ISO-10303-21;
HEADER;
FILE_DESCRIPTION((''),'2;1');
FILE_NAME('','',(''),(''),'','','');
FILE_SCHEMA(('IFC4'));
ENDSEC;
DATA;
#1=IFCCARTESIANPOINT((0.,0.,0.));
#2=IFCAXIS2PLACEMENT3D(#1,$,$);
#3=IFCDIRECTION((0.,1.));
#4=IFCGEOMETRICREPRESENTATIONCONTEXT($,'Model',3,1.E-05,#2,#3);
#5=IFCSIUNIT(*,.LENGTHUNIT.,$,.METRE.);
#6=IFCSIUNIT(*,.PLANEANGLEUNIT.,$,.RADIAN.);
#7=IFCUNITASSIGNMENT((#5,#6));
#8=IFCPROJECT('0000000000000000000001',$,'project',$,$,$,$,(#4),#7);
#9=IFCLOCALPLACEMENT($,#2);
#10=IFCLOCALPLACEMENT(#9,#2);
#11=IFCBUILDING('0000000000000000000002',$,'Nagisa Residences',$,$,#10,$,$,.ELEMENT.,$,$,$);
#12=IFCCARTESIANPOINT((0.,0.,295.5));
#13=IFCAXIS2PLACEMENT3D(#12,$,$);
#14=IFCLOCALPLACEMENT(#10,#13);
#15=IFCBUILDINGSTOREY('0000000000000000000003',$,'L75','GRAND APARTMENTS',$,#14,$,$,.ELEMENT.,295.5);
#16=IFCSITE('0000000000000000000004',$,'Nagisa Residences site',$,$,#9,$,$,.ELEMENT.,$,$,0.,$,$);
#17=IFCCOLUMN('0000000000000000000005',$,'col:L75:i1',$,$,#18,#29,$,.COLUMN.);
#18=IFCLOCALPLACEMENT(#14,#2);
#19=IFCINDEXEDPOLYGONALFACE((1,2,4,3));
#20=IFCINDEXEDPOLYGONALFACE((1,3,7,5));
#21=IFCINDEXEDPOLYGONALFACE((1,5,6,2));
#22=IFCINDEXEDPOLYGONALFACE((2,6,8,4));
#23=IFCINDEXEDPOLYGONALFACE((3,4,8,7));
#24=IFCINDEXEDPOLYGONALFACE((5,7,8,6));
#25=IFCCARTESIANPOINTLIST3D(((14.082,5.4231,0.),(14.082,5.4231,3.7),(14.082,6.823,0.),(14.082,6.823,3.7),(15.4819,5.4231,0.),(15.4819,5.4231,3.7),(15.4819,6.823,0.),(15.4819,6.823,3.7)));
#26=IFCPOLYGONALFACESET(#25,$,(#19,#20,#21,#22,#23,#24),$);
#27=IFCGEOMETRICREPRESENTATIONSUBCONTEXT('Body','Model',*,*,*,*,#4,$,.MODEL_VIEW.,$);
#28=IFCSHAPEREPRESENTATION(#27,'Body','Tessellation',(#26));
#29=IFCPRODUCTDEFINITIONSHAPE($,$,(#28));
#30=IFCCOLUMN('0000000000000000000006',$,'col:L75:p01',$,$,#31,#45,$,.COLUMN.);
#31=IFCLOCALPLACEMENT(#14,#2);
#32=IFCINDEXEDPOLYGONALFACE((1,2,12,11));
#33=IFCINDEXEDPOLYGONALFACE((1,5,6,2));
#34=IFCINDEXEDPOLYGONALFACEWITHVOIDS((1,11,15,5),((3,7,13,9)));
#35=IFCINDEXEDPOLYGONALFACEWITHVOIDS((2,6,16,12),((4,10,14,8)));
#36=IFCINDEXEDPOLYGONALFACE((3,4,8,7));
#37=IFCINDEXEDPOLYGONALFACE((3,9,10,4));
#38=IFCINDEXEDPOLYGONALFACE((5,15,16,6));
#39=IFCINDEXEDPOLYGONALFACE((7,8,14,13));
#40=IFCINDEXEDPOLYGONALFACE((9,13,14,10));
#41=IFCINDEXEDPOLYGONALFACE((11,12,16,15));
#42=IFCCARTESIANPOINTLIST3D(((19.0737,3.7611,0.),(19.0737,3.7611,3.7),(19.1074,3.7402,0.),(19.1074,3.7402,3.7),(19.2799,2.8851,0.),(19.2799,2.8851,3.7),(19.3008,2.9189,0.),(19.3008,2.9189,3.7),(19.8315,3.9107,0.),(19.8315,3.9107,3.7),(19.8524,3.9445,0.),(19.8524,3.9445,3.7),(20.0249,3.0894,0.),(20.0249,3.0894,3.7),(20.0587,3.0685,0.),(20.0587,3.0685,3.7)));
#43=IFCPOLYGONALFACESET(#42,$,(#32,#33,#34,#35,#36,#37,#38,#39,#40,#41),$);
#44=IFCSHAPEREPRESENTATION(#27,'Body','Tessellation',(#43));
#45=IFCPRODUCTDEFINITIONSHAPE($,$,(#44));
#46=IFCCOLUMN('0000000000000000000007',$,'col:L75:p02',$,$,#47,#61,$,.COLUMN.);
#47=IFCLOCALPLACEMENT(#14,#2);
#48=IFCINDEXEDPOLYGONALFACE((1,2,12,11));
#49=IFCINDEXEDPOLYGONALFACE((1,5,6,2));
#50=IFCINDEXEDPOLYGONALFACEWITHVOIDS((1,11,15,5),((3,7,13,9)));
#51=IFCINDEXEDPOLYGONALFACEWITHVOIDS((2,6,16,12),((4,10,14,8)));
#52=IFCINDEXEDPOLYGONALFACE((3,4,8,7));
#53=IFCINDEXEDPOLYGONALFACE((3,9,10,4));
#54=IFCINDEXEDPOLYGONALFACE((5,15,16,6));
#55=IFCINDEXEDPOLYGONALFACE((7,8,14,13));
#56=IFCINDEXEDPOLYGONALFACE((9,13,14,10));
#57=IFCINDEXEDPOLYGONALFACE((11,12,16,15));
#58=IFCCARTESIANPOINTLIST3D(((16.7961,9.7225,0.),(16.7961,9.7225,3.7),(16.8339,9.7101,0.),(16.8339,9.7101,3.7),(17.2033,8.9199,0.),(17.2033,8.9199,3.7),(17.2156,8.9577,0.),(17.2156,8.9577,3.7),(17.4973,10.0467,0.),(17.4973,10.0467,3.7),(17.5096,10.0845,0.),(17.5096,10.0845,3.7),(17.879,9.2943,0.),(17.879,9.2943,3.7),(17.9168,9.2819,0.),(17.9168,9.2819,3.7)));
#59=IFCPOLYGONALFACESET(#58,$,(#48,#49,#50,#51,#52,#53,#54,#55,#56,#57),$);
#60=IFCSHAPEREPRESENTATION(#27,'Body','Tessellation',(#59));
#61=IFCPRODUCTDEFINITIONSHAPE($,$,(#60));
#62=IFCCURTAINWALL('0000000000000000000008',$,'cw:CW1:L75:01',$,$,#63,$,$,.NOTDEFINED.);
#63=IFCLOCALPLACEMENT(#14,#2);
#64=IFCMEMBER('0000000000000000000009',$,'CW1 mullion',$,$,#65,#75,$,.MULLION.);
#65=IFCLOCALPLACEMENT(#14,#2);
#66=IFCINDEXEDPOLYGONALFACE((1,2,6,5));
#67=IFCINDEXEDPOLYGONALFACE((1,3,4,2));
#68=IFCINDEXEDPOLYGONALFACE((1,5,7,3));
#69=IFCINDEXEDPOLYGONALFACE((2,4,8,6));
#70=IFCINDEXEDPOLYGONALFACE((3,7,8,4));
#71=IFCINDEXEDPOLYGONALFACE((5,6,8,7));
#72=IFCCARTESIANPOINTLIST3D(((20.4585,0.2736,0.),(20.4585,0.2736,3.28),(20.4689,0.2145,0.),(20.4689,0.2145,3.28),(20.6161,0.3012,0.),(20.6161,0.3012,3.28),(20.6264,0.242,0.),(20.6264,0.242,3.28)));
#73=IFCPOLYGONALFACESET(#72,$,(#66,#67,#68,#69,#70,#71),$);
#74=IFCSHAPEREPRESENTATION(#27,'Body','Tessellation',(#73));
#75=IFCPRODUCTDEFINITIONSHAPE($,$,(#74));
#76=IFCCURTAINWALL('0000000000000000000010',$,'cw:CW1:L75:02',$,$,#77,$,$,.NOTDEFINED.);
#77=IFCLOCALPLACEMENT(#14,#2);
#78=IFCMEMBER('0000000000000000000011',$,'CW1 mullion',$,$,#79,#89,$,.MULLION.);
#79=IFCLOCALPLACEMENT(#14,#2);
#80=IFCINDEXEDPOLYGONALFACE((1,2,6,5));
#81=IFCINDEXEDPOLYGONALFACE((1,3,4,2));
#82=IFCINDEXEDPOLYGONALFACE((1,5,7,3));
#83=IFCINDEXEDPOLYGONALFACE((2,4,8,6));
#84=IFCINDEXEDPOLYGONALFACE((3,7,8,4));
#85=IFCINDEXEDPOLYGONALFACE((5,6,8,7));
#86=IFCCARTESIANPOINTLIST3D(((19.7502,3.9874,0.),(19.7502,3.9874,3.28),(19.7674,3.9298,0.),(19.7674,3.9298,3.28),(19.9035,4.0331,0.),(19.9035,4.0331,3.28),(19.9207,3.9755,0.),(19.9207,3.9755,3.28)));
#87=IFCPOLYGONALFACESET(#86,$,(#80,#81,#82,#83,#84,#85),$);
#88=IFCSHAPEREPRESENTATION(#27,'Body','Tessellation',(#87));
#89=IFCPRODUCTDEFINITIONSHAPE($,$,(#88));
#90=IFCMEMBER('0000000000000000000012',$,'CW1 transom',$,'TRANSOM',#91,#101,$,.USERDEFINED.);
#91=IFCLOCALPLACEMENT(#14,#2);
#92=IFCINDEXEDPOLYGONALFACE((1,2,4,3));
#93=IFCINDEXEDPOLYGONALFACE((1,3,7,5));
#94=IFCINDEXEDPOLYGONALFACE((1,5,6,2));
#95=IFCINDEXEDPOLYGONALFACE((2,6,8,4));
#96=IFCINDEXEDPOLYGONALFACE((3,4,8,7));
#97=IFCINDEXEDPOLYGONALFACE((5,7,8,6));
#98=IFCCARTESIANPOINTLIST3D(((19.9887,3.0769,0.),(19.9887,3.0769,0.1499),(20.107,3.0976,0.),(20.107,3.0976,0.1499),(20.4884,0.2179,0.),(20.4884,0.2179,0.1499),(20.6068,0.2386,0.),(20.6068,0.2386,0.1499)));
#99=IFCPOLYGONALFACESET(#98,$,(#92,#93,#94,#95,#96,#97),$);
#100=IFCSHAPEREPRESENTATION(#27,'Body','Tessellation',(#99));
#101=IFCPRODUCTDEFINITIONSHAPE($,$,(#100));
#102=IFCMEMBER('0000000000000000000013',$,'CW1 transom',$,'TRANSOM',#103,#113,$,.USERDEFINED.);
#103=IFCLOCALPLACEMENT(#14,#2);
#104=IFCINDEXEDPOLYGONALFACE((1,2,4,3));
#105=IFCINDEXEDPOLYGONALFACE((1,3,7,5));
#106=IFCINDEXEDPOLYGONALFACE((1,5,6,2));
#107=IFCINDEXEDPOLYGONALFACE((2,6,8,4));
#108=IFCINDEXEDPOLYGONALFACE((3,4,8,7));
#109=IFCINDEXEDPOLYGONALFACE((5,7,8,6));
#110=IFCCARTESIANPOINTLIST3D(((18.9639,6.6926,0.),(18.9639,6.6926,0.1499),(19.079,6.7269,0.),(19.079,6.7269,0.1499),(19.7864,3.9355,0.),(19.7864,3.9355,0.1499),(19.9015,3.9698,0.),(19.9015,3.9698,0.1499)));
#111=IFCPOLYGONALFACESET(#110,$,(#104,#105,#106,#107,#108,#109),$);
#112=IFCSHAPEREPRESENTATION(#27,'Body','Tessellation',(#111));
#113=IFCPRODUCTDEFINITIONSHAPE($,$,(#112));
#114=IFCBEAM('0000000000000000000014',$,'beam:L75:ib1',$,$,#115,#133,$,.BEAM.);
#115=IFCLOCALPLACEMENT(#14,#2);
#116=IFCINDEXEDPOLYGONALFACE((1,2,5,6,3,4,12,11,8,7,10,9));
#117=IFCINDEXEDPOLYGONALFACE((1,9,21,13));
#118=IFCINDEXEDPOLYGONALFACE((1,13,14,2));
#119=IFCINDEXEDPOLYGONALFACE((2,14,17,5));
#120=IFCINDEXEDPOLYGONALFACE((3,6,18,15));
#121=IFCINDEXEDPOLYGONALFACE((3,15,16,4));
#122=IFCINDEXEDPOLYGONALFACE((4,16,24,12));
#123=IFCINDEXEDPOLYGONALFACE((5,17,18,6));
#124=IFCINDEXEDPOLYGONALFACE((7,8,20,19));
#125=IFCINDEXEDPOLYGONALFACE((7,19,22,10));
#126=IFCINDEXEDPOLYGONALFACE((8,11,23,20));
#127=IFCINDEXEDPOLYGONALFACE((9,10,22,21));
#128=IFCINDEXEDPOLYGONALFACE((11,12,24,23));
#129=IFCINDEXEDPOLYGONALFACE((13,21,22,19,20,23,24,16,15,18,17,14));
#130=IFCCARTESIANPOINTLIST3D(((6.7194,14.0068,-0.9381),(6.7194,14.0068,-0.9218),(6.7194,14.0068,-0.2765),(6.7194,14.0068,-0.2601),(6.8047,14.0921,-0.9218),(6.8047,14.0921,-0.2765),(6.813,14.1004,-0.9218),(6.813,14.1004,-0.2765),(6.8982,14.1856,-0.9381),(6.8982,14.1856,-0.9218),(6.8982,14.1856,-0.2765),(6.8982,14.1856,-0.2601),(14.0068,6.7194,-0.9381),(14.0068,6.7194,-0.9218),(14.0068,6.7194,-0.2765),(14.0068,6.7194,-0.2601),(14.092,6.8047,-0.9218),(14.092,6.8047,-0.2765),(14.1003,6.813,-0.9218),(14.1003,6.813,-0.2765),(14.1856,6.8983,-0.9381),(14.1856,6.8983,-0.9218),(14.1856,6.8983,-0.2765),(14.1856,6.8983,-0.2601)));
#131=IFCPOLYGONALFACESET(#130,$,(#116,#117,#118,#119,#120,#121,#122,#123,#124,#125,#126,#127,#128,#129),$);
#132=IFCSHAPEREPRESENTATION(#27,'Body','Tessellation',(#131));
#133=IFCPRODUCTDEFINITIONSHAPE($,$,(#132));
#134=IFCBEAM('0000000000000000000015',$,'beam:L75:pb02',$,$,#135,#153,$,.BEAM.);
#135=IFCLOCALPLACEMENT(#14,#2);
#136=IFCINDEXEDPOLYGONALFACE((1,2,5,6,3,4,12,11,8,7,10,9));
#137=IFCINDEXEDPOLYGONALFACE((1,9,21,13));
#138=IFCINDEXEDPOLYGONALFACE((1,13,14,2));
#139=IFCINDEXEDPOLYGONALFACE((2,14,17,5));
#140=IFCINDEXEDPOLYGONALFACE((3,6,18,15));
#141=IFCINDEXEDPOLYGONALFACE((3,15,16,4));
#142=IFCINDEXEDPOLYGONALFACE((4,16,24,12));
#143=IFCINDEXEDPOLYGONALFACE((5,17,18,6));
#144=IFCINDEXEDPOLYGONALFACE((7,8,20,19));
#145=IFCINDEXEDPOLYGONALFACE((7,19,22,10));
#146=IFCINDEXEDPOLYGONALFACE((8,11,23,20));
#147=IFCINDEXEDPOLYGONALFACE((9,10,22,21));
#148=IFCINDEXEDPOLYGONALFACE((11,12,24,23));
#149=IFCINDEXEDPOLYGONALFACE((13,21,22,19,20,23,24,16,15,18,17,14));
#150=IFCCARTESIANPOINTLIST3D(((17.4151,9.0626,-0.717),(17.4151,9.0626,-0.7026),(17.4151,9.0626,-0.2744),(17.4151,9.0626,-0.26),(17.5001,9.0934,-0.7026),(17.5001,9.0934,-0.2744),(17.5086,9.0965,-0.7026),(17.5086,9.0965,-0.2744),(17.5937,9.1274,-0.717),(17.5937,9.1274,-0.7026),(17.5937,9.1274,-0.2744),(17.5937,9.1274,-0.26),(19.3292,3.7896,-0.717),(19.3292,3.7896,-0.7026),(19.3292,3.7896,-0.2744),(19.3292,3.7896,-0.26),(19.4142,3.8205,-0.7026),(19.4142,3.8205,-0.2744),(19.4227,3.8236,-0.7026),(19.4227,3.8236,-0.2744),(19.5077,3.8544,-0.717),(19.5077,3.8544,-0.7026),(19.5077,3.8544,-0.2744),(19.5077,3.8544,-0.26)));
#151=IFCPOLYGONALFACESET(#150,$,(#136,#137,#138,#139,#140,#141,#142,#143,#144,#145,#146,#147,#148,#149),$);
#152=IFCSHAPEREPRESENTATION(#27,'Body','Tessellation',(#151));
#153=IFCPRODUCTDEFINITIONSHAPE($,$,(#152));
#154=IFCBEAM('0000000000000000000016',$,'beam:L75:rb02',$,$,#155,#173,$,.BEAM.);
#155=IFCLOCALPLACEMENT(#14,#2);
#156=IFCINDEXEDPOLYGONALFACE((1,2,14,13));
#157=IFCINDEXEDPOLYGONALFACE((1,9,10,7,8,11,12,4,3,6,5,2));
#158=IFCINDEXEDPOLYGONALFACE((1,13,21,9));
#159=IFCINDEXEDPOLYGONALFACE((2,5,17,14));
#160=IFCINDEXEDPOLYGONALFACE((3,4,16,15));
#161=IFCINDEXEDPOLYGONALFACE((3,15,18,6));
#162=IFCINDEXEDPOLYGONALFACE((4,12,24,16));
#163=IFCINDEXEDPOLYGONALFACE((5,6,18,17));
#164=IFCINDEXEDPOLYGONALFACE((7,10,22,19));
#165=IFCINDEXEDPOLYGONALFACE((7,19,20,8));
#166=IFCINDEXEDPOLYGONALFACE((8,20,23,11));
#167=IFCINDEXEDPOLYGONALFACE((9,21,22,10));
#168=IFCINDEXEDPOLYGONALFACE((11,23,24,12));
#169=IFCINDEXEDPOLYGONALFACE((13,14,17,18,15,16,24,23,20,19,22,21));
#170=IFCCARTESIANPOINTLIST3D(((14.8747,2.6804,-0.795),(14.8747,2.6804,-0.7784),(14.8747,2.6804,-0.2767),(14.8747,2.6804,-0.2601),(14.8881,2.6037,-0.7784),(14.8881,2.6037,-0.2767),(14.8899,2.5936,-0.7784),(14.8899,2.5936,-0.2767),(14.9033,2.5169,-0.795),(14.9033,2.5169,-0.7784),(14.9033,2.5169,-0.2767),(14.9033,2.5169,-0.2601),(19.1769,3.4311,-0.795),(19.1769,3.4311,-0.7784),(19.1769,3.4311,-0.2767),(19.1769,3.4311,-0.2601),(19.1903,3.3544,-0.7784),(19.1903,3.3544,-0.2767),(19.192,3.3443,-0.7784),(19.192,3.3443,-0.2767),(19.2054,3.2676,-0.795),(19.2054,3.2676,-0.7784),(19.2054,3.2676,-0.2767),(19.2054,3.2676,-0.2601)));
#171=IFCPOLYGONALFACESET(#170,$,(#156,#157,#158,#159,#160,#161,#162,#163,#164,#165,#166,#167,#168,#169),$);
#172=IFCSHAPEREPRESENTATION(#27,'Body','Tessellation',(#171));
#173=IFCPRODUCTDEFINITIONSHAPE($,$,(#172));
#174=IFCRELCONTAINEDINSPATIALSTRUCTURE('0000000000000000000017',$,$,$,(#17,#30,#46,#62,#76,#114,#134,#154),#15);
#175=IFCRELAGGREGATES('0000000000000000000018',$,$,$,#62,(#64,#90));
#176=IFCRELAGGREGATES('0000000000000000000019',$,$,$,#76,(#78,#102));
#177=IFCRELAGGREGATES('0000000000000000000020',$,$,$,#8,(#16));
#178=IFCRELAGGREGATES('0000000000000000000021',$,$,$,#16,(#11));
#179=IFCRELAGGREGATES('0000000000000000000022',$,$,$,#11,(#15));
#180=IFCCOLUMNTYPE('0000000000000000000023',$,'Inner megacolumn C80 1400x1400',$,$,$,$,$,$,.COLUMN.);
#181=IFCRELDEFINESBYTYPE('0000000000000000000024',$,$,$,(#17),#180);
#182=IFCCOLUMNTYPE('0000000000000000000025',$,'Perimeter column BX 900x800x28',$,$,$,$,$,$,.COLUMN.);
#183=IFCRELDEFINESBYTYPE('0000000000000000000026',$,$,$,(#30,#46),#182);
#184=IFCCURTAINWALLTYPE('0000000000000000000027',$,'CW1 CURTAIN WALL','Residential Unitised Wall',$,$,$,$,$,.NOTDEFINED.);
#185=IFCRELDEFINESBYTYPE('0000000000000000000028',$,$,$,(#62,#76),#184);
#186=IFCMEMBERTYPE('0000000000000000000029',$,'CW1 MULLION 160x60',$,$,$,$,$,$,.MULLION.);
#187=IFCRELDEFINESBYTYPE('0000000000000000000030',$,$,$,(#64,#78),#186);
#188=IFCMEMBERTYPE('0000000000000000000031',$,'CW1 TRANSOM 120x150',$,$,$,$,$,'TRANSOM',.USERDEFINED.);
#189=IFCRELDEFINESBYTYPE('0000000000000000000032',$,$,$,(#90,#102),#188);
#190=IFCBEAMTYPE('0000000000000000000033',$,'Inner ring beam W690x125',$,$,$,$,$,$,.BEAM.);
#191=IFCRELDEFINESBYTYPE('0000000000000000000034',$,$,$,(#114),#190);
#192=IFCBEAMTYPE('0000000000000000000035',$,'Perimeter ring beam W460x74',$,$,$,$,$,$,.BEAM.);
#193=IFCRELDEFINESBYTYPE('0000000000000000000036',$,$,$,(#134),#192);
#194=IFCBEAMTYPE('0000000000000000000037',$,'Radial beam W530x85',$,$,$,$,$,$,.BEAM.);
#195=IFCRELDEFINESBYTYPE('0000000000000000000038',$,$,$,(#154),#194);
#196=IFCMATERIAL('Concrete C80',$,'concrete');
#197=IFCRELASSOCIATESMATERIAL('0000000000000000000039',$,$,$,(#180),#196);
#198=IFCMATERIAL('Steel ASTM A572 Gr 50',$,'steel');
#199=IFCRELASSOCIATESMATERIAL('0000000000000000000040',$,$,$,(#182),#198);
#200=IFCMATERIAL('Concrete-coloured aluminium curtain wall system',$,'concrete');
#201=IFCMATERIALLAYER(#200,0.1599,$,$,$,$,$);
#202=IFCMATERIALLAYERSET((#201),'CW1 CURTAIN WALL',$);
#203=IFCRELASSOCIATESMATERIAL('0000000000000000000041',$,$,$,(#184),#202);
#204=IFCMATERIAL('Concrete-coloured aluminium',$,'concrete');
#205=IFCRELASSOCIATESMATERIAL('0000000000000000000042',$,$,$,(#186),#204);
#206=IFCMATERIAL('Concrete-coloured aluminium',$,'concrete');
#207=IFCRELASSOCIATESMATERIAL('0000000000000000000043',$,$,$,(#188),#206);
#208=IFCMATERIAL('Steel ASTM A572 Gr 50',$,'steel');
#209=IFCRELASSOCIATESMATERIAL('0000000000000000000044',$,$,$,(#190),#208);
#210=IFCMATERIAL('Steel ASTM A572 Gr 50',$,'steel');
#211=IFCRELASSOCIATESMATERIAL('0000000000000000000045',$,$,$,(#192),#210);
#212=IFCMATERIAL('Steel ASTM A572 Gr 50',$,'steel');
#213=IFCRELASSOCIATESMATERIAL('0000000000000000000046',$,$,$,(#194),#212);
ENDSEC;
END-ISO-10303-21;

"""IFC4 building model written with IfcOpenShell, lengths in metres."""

from ifc_helpers import new_model, si_unit, direction, frame, origin, origin_2d, place, context, subcontext, project, spatial, rectangle, hollow_rectangle, i_section, extrude, material, layer, layer_set, material_profile, profile_set, type_object, element, aggregate, save


model = new_model("IFC4")

# Units and contexts
model_context = context("Model", 3, precision=1e-05, world=origin(), true_north=direction((0.0, 1.0)))
body_context = subcontext(model_context, "Body", "Model", "MODEL_VIEW")
ifc_project = project(units=[si_unit("LENGTHUNIT", "METRE"), si_unit("PLANEANGLEUNIT", "RADIAN")], contexts=[model_context])

# Site, building, storey
site_placement = place(None, origin())
site = spatial("IfcSite", under=ifc_project, at=site_placement, Name="Nagisa Residences site", CompositionType="ELEMENT", RefElevation=0.0)
building_placement = place(site_placement, origin())
building = spatial("IfcBuilding", under=site, at=building_placement, Name="Nagisa Residences", CompositionType="ELEMENT")
storey_placement = place(building_placement, frame((0.0, 0.0, 295.5)))
storey = spatial("IfcBuildingStorey", under=building, at=storey_placement, Name="L75", Description="GRAND APARTMENTS", CompositionType="ELEMENT", Elevation=295.5)

# Columns
ifc_material_1 = material(Name="Concrete C80", Category="concrete")
ifc_material_profile_1 = material_profile(ifc_material_1, rectangle(XDim=1.3999, YDim=1.3999, at=origin_2d()), Name="C80 1400x1400")
ifc_profile_set_1 = profile_set([ifc_material_profile_1], Name="Concrete C80")
column_type_1 = type_object("IfcColumnType", Name="Inner megacolumn C80 1400x1400", PredefinedType="COLUMN", material=ifc_profile_set_1)
column_placement = place(storey_placement, frame((14.782, 6.123, 0.0), z_axis=(0.0, 0.0, 1.0), x_axis=(1.0, 0.0, 0.0)))
element("IfcColumn", 1, at=column_placement, inside=storey, type_object=column_type_1, Name="col:L75:i1", PredefinedType="COLUMN", context=body_context, shape_type="SweptSolid", body=[
    extrude(rectangle(XDim=1.3999, YDim=1.3999, at=origin_2d()), origin(), (0.0, 0.0, 1.0), 3.7),
])
ifc_material_2 = material(Name="Steel ASTM A572 Gr 50", Category="steel")
ifc_material_profile_2 = material_profile(ifc_material_2, hollow_rectangle(XDim=0.8999, YDim=0.8, WallThickness=0.0281, at=origin_2d()), Name="BX 900x800x28")
ifc_profile_set_2 = profile_set([ifc_material_profile_2], Name="Steel ASTM A572 Gr 50")
column_type_2 = type_object("IfcColumnType", Name="Perimeter column BX 900x800x28", PredefinedType="COLUMN", material=ifc_profile_set_2)
for number, where, z_axis, x_axis, name in (
    (2, (19.5662, 3.4148, 0.0), (0.0, 0.0, 1.0), (-0.229202, 0.973379, 0.0), "col:L75:p01"),
    (3, (17.3564, 9.5022, 0.0), (0.0, 0.0, 1.0), (-0.452463, 0.891783, 0.0), "col:L75:p02"),
):
    element("IfcColumn", number, at=place(storey_placement, frame(where, z_axis=z_axis, x_axis=x_axis)), inside=storey, type_object=column_type_2, Name=name, PredefinedType="COLUMN", context=body_context, shape_type="SweptSolid", body=[
        extrude(hollow_rectangle(XDim=0.8999, YDim=0.8, WallThickness=0.0281, at=origin_2d()), origin(), (0.0, 0.0, 1.0), 3.7),
    ])

# Curtain walls, members
ifc_material_3 = material(Name="Concrete-coloured aluminium curtain wall system", Category="concrete")
ifc_layer_1 = layer(ifc_material_3, 0.1599)
ifc_layer_set_1 = layer_set([ifc_layer_1], Name="CW1 CURTAIN WALL")
curtain_wall_type = type_object("IfcCurtainWallType", Name="CW1 CURTAIN WALL", Description="Residential Unitised Wall", PredefinedType="NOTDEFINED", material=ifc_layer_set_1)
curtain_wall_1_placement = place(storey_placement, origin())
curtain_wall_1 = element("IfcCurtainWall", 4, at=curtain_wall_1_placement, inside=storey, type_object=curtain_wall_type, Name="cw:CW1:L75:01", PredefinedType="NOTDEFINED")
ifc_material_4 = material(Name="Concrete-coloured aluminium", Category="concrete")
ifc_material_profile_3 = material_profile(ifc_material_4, rectangle(XDim=0.1599, YDim=0.0601, at=origin_2d()), Name="CW1 MULLION 160x60")
ifc_profile_set_3 = profile_set([ifc_material_profile_3], Name="Concrete-coloured aluminium")
member_type_1 = type_object("IfcMemberType", Name="CW1 MULLION 160x60", PredefinedType="MULLION", material=ifc_profile_set_3)
member_1_placement = place(storey_placement, frame((20.5425, 0.2578, 0.0), z_axis=(0.0, 0.0, 1.0), x_axis=(-0.985064, -0.172191, 0.0)))
member_1 = element("IfcMember", 5, at=member_1_placement, type_object=member_type_1, Name="CW1 mullion", PredefinedType="MULLION", context=body_context, shape_type="SweptSolid", body=[
    extrude(rectangle(XDim=0.1599, YDim=0.0601, at=origin_2d()), origin(), (0.0, 0.0, 1.0), 3.28),
])
curtain_wall_2_placement = place(storey_placement, origin())
curtain_wall_2 = element("IfcCurtainWall", 6, at=curtain_wall_2_placement, inside=storey, type_object=curtain_wall_type, Name="cw:CW1:L75:02", PredefinedType="NOTDEFINED")
member_2_placement = place(storey_placement, frame((19.8354, 3.9814, 0.0), z_axis=(0.0, 0.0, 1.0), x_axis=(-0.958271, -0.28586, 0.0)))
member_2 = element("IfcMember", 7, at=member_2_placement, type_object=member_type_1, Name="CW1 mullion", PredefinedType="MULLION", context=body_context, shape_type="SweptSolid", body=[
    extrude(rectangle(XDim=0.1599, YDim=0.0601, at=origin_2d()), origin(), (0.0, 0.0, 1.0), 3.28),
])

# Members
ifc_material_5 = material(Name="Concrete-coloured aluminium", Category="concrete")
ifc_material_profile_4 = material_profile(ifc_material_5, rectangle(XDim=0.1201, YDim=0.1499, at=origin_2d()), Name="CW1 TRANSOM 120x150")
ifc_profile_set_4 = profile_set([ifc_material_profile_4], Name="Concrete-coloured aluminium")
member_type_2 = type_object("IfcMemberType", Name="CW1 TRANSOM 120x150", ElementType="TRANSOM", PredefinedType="USERDEFINED", material=ifc_profile_set_4)
member_3_placement = place(storey_placement, frame((20.5476, 0.2283, 0.075), z_axis=(-0.172197, 0.985063, 0.0), x_axis=(-0.985063, -0.172197, 0.0)))
member_3 = element("IfcMember", 8, at=member_3_placement, type_object=member_type_2, Name="CW1 transom", ObjectType="TRANSOM", PredefinedType="USERDEFINED", context=body_context, shape_type="SweptSolid", body=[
    extrude(rectangle(XDim=0.1201, YDim=0.1499, at=origin_2d()), origin(), (0.0, 0.0, 1.0), 2.9023),
])
member_4_placement = place(storey_placement, frame((19.844, 3.9526, 0.075), z_axis=(-0.285876, 0.958267, 0.0), x_axis=(-0.958267, -0.285876, 0.0)))
member_4 = element("IfcMember", 9, at=member_4_placement, type_object=member_type_2, Name="CW1 transom", ObjectType="TRANSOM", PredefinedType="USERDEFINED", context=body_context, shape_type="SweptSolid", body=[
    extrude(rectangle(XDim=0.1201, YDim=0.1499, at=origin_2d()), origin(), (0.0, 0.0, 1.0), 2.8772),
])

# Beams
ifc_material_6 = material(Name="Steel ASTM A572 Gr 50", Category="steel")
ifc_material_profile_5 = material_profile(ifc_material_6, i_section(OverallWidth=0.2529, OverallDepth=0.678, WebThickness=0.0117, FlangeThickness=0.0164, at=origin_2d()), Name="W690x125")
ifc_profile_set_5 = profile_set([ifc_material_profile_5], Name="Steel ASTM A572 Gr 50")
beam_type_1 = type_object("IfcBeamType", Name="Inner ring beam W690x125", PredefinedType="BEAM", material=ifc_profile_set_5)
beam_1_placement = place(storey_placement, frame((14.0962, 6.8088, -0.5991), z_axis=(-0.707107, 0.707107, 0.0), x_axis=(-0.707107, -0.707107, 0.0)))
element("IfcBeam", 10, at=beam_1_placement, inside=storey, type_object=beam_type_1, Name="beam:L75:ib1", PredefinedType="BEAM", context=body_context, shape_type="SweptSolid", body=[
    extrude(i_section(OverallWidth=0.2529, OverallDepth=0.678, WebThickness=0.0117, FlangeThickness=0.0164, at=origin_2d()), origin(), (0.0, 0.0, 1.0), 10.3059),
])
ifc_material_7 = material(Name="Steel ASTM A572 Gr 50", Category="steel")
ifc_material_profile_6 = material_profile(ifc_material_7, i_section(OverallWidth=0.1899, OverallDepth=0.457, WebThickness=0.009, FlangeThickness=0.0144, at=origin_2d()), Name="W460x74")
ifc_profile_set_6 = profile_set([ifc_material_profile_6], Name="Steel ASTM A572 Gr 50")
beam_type_2 = type_object("IfcBeamType", Name="Perimeter ring beam W460x74", PredefinedType="BEAM", material=ifc_profile_set_6)
beam_2_placement = place(storey_placement, frame((19.4185, 3.822, -0.4885), z_axis=(-0.341212, 0.939986, 0.0), x_axis=(-0.939986, -0.341212, 0.0)))
element("IfcBeam", 11, at=beam_2_placement, inside=storey, type_object=beam_type_2, Name="beam:L75:pb02", PredefinedType="BEAM", context=body_context, shape_type="SweptSolid", body=[
    extrude(i_section(OverallWidth=0.1899, OverallDepth=0.457, WebThickness=0.009, FlangeThickness=0.0144, at=origin_2d()), origin(), (0.0, 0.0, 1.0), 5.6096),
])
ifc_material_8 = material(Name="Steel ASTM A572 Gr 50", Category="steel")
ifc_material_profile_7 = material_profile(ifc_material_8, i_section(OverallWidth=0.166, OverallDepth=0.5349, WebThickness=0.0103, FlangeThickness=0.0166, at=origin_2d()), Name="W530x85")
ifc_profile_set_7 = profile_set([ifc_material_profile_7], Name="Steel ASTM A572 Gr 50")
beam_type_3 = type_object("IfcBeamType", Name="Radial beam W530x85", PredefinedType="BEAM", material=ifc_profile_set_7)
beam_3_placement = place(storey_placement, frame((19.1912, 3.3494, -0.5276), z_axis=(-0.985114, -0.1719, 0.0), x_axis=(0.1719, -0.985114, 0.0)))
element("IfcBeam", 12, at=beam_3_placement, inside=storey, type_object=beam_type_3, Name="beam:L75:rb02", PredefinedType="BEAM", context=body_context, shape_type="SweptSolid", body=[
    extrude(i_section(OverallWidth=0.166, OverallDepth=0.5349, WebThickness=0.0103, FlangeThickness=0.0166, at=origin_2d()), origin(), (0.0, 0.0, 1.0), 4.3672),
])

aggregate(curtain_wall_1, [member_1, member_3])
aggregate(curtain_wall_2, [member_2, member_4])

save(model, "model.ifc")
